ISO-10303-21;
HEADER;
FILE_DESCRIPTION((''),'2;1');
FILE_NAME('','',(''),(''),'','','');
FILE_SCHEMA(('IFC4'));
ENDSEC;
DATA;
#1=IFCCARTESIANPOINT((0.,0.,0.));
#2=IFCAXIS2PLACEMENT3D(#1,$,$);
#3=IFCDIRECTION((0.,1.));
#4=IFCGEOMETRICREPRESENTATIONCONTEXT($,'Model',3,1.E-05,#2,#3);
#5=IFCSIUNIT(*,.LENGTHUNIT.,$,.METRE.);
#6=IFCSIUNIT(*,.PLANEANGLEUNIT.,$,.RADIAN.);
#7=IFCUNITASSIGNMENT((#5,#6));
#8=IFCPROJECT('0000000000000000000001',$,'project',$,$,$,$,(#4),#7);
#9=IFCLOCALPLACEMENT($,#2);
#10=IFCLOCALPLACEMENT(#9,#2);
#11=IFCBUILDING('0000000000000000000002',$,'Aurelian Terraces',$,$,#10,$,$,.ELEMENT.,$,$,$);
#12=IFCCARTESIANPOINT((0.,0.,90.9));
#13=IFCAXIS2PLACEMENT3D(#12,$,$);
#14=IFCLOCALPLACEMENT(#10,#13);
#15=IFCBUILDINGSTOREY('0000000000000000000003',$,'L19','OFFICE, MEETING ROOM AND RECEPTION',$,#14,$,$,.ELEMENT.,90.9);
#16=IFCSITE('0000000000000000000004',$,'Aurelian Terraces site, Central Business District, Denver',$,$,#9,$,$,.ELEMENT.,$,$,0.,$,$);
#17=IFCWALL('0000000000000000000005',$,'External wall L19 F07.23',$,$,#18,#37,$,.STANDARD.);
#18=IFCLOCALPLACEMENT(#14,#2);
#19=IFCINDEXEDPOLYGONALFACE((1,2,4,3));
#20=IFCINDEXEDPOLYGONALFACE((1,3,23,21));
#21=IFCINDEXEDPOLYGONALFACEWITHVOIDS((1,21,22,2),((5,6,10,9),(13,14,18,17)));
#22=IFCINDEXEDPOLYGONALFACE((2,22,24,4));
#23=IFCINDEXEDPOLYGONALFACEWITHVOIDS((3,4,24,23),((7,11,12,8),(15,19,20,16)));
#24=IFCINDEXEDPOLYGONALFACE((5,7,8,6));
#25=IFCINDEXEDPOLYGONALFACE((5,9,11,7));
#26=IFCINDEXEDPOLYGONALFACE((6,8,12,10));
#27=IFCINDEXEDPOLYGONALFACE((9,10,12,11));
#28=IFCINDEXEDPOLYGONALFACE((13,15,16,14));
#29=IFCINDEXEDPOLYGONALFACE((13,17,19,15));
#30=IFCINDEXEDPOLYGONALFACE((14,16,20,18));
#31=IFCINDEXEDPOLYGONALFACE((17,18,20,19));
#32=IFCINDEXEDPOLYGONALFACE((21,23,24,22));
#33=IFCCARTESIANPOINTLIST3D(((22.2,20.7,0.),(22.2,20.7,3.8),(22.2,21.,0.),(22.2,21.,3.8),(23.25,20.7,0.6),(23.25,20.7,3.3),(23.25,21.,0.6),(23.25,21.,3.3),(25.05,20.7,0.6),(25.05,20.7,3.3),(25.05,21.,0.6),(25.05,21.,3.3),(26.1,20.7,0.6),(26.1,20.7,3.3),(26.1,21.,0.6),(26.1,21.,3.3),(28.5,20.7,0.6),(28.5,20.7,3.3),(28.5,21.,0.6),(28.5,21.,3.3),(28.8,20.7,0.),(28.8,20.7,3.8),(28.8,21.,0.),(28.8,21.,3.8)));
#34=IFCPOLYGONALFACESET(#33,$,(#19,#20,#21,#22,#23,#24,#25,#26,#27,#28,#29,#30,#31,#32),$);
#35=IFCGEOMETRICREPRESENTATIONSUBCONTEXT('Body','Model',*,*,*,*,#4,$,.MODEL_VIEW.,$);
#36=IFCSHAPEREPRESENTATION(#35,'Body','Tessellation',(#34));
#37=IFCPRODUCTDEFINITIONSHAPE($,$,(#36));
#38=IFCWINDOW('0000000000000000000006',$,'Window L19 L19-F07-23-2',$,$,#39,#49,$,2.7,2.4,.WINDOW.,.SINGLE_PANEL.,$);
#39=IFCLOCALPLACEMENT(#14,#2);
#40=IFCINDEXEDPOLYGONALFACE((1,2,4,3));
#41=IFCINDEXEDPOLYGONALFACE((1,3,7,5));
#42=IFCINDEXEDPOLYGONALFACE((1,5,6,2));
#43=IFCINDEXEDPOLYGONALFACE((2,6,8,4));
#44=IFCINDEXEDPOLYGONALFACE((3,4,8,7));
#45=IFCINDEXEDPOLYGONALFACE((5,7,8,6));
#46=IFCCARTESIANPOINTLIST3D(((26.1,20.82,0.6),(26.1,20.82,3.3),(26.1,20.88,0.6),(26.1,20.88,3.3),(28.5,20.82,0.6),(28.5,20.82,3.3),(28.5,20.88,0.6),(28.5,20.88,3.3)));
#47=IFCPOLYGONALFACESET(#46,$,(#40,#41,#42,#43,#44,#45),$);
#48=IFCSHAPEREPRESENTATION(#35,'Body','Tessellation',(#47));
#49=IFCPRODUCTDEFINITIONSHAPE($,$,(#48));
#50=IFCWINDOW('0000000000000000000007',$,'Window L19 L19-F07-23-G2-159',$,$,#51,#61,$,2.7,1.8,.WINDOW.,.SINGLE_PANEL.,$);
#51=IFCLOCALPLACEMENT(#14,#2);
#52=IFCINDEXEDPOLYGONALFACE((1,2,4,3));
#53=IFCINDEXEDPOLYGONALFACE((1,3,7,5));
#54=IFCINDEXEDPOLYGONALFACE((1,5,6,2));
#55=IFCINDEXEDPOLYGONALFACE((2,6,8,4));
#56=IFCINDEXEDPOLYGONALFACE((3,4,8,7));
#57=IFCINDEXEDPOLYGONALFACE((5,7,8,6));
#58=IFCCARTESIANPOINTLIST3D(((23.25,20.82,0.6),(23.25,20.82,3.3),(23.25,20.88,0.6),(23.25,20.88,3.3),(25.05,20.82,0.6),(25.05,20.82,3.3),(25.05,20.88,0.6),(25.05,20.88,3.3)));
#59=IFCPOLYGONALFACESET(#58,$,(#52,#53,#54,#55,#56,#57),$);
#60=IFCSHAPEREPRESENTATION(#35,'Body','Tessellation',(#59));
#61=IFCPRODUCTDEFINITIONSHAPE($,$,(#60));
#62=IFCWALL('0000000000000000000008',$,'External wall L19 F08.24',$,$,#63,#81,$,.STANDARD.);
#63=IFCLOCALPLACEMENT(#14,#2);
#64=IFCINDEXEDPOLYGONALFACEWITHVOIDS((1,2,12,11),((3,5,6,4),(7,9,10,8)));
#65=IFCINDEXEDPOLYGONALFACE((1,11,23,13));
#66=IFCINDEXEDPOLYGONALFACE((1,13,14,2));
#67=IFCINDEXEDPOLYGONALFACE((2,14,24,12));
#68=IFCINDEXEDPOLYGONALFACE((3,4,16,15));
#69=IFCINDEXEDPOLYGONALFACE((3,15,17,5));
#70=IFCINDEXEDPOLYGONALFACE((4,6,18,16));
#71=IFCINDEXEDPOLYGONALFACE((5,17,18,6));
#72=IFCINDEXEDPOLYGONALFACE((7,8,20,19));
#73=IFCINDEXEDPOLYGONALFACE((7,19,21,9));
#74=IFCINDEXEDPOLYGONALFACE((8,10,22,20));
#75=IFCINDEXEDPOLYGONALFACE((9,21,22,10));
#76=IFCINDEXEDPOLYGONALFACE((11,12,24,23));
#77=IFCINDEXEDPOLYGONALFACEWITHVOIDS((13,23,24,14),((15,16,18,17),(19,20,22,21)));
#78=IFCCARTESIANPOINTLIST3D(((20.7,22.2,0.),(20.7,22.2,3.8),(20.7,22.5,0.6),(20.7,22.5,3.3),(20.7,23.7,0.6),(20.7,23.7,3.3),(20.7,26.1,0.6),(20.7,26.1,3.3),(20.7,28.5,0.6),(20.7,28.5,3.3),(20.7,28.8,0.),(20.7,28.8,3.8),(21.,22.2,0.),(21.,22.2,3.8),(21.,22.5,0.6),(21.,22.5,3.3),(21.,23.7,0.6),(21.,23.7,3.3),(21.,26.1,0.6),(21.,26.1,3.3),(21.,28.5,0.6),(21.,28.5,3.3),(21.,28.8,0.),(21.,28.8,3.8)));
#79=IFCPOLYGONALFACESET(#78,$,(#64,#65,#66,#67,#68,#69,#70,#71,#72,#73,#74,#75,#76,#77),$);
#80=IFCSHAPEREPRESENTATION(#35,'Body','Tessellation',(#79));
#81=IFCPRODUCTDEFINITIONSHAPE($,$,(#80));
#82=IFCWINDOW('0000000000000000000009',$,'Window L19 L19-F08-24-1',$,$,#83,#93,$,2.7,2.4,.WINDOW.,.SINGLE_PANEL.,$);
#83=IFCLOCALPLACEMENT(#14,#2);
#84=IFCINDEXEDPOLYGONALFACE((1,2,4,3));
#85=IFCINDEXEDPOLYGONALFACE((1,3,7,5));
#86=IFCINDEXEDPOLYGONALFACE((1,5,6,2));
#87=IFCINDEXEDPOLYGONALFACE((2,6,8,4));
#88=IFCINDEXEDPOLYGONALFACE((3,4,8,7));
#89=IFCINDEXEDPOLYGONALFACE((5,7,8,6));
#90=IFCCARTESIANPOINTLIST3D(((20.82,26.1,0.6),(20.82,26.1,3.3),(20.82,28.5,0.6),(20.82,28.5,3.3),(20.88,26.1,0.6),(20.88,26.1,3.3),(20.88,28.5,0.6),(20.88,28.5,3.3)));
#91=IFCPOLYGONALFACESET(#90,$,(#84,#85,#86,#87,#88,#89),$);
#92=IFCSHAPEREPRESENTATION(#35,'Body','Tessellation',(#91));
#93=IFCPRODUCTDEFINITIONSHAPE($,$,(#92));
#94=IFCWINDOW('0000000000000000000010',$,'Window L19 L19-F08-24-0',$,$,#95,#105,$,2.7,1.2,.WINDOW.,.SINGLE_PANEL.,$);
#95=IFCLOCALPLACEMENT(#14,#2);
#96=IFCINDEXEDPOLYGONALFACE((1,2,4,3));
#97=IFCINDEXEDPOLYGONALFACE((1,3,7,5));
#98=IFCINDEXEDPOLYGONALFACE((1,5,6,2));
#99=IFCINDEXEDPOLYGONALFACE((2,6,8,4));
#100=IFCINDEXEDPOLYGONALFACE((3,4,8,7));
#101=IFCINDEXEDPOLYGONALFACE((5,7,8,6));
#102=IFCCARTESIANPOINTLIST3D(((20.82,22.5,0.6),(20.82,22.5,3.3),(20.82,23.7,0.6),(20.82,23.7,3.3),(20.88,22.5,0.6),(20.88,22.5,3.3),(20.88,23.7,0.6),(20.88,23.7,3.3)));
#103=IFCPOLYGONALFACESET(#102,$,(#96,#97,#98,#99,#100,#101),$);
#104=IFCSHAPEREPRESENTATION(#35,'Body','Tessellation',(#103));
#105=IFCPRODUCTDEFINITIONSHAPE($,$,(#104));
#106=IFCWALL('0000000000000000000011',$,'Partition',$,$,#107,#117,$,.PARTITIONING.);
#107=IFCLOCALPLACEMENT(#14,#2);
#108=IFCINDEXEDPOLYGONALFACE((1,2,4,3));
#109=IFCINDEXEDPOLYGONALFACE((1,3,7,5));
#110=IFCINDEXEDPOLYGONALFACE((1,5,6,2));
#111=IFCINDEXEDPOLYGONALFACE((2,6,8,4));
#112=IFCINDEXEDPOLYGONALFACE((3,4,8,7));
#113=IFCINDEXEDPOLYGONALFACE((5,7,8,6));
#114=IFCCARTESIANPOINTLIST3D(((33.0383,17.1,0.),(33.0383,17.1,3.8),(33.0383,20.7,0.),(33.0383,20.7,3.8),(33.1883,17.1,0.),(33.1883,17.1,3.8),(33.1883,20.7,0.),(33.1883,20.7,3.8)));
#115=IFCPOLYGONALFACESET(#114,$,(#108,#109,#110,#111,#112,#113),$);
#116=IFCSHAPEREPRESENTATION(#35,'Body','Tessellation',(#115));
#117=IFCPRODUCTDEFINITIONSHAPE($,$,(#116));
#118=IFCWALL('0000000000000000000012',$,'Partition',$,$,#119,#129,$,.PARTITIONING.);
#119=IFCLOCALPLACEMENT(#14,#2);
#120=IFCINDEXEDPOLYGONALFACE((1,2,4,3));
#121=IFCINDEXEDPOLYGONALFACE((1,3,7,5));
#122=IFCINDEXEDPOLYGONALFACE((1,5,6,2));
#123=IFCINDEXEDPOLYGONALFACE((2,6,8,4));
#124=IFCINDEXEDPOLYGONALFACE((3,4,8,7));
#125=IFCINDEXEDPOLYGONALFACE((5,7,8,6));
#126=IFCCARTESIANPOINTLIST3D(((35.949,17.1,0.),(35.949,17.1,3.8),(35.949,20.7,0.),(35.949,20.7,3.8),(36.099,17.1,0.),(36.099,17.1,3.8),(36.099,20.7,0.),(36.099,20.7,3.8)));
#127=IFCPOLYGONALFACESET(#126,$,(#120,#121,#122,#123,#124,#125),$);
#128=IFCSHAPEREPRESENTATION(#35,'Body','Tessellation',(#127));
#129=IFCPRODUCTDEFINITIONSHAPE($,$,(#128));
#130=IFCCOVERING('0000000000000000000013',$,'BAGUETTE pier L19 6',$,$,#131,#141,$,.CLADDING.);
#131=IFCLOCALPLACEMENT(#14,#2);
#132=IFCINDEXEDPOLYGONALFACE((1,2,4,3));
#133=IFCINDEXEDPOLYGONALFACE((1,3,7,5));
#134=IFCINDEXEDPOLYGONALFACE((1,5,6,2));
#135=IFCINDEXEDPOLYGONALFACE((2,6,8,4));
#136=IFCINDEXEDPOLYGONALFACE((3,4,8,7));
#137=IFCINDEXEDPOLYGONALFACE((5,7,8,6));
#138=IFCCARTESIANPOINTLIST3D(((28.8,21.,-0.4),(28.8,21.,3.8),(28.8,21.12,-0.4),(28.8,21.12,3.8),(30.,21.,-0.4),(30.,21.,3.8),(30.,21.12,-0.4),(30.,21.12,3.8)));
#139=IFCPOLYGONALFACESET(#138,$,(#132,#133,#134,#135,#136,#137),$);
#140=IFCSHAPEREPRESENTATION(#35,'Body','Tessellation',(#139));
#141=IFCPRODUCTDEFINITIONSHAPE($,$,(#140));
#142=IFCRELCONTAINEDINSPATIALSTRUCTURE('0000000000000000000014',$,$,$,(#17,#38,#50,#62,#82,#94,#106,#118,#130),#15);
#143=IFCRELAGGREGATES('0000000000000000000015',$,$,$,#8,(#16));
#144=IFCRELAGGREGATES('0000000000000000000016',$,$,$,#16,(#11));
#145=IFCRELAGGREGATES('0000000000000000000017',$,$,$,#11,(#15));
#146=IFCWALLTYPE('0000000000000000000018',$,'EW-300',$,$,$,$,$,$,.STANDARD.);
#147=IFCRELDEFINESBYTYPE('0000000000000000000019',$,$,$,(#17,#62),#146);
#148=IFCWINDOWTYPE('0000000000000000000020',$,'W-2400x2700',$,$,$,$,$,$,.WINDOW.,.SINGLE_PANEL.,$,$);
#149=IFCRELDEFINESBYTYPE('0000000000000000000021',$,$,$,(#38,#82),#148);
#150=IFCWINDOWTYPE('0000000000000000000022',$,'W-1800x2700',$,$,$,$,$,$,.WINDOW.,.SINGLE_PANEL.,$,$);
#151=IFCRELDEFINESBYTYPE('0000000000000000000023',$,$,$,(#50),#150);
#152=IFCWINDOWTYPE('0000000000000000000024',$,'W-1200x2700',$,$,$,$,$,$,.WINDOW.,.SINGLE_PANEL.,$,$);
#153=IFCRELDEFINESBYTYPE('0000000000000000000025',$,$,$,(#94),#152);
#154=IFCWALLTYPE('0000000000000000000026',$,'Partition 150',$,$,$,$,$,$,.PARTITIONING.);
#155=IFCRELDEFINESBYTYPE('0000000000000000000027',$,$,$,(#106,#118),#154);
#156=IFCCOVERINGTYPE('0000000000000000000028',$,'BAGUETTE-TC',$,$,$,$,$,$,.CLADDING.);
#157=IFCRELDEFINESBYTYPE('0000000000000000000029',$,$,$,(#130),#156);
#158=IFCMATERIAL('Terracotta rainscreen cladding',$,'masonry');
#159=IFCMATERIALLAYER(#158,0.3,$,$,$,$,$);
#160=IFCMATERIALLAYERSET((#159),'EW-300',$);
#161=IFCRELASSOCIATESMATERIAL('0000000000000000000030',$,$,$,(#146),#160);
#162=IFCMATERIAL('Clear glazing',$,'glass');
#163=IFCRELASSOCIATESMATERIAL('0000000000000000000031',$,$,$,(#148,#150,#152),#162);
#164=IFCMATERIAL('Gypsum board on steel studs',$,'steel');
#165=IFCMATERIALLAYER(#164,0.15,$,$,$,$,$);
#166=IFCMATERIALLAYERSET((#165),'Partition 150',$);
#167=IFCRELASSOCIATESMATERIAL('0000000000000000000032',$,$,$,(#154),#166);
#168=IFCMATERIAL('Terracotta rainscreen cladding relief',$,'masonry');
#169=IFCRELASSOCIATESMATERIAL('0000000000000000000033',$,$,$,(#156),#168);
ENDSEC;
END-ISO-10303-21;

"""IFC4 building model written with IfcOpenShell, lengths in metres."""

from ifc_helpers import new_model, si_unit, direction, frame, frame_2d, origin, origin_2d, place, context, subcontext, project, spatial, rectangle, extrude, source, transform, mapped, material, layer, layer_set, type_object, element, fill, save


model = new_model("IFC4")

# Units and contexts
model_context = context("Model", 3, precision=1e-05, world=origin(), true_north=direction((0.0, 1.0)))
body_context = subcontext(model_context, "Body", "Model", "MODEL_VIEW")
ifc_project = project(units=[si_unit("LENGTHUNIT", "METRE"), si_unit("PLANEANGLEUNIT", "RADIAN")], contexts=[model_context])

# Site, building, storey
site_placement = place(None, origin())
site = spatial("IfcSite", under=ifc_project, at=site_placement, Name="Aurelian Terraces site, Central Business District, Denver", CompositionType="ELEMENT", RefElevation=0.0)
building_placement = place(site_placement, origin())
building = spatial("IfcBuilding", under=site, at=building_placement, Name="Aurelian Terraces", CompositionType="ELEMENT")
storey_placement = place(building_placement, frame((0.0, 0.0, 90.9)))
storey = spatial("IfcBuildingStorey", under=building, at=storey_placement, Name="L19", Description="OFFICE, MEETING ROOM AND RECEPTION", CompositionType="ELEMENT", Elevation=90.9)

# Shared definitions
ifc_material_1 = material(Name="Terracotta rainscreen cladding", Category="masonry")
ifc_layer_1 = layer(ifc_material_1, 0.3)
ifc_layer_set_1 = layer_set([ifc_layer_1], Name="EW-300")
wall_type_1 = type_object("IfcWallType", Name="EW-300", PredefinedType="STANDARD", material=ifc_layer_set_1)

# Shared definitions
ifc_material_2 = material(Name="Clear glazing", Category="glass")
window_type_1 = type_object("IfcWindowType", Name="W-2400x2700", PartitioningType="SINGLE_PANEL", PredefinedType="WINDOW", material=ifc_material_2)
shared_shape_1 = source(origin(), body_context, "Body", "SweptSolid", [
    extrude(rectangle(XDim=2.4, YDim=2.7, at=frame_2d((1.2, 1.35))), frame((0.0, 0.03, 0.0), z_axis=(0.0, -1.0, 0.0), x_axis=(1.0, 0.0, 0.0)), (0.0, 0.0, 1.0), 0.06),
])

# Walls, openings, windows
shared_shape_2 = source(origin(), body_context, "Body", "SweptSolid", [
    extrude(rectangle(XDim=6.6, YDim=0.3, at=frame_2d((3.3, 0.0))), origin(), (0.0, 0.0, 1.0), 3.8),
])
wall_1_placement = place(storey_placement, frame((28.8, 20.85, 0.0), z_axis=(0.0, 0.0, 1.0), x_axis=(-1.0, 0.0, 0.0)))
wall_1 = element("IfcWall", 1, at=wall_1_placement, inside=storey, type_object=wall_type_1, Name="External wall L19 F07.23", PredefinedType="STANDARD", context=body_context, shape_type="MappedRepresentation", body=[
    mapped(shared_shape_2, transform((0.0, 0.0, 0.0), scale=1.0)),
])
shared_shape_3 = source(origin(), body_context, "Body", "SweptSolid", [
    extrude(rectangle(XDim=2.4, YDim=2.7, at=frame_2d((1.2, 1.35))), frame((0.0, 0.16, 0.0), z_axis=(0.0, -1.0, 0.0), x_axis=(1.0, 0.0, 0.0)), (0.0, 0.0, 1.0), 0.32),
])
opening_1_placement = place(wall_1_placement, frame((0.3, 0.0, 0.6)))
opening_1 = element("IfcOpeningElement", 2, at=opening_1_placement, cuts=wall_1, PredefinedType="OPENING", context=body_context, shape_type="MappedRepresentation", body=[
    mapped(shared_shape_3, transform((0.0, 0.0, 0.0), scale=1.0)),
])
shared_shape_4 = source(origin(), body_context, "Body", "SweptSolid", [
    extrude(rectangle(XDim=1.8, YDim=2.7, at=frame_2d((0.9, 1.35))), frame((0.0, 0.16, 0.0), z_axis=(0.0, -1.0, 0.0), x_axis=(1.0, 0.0, 0.0)), (0.0, 0.0, 1.0), 0.32),
])
opening_2_placement = place(wall_1_placement, frame((3.75, 0.0, 0.6)))
opening_2 = element("IfcOpeningElement", 3, at=opening_2_placement, cuts=wall_1, PredefinedType="OPENING", context=body_context, shape_type="MappedRepresentation", body=[
    mapped(shared_shape_4, transform((0.0, 0.0, 0.0), scale=1.0)),
])
window_1_placement = place(opening_1_placement, origin())
window_1 = element("IfcWindow", 4, at=window_1_placement, inside=storey, type_object=window_type_1, Name="Window L19 L19-F07-23-2", OverallHeight=2.7, OverallWidth=2.4, PartitioningType="SINGLE_PANEL", PredefinedType="WINDOW", context=body_context, shape_type="MappedRepresentation", body=[
    mapped(shared_shape_1, transform((0.0, 0.0, 0.0), scale=1.0)),
])
fill(opening_1, window_1)
window_type_2 = type_object("IfcWindowType", Name="W-1800x2700", PartitioningType="SINGLE_PANEL", PredefinedType="WINDOW", material=ifc_material_2)
shared_shape_5 = source(origin(), body_context, "Body", "SweptSolid", [
    extrude(rectangle(XDim=1.8, YDim=2.7, at=frame_2d((0.9, 1.35))), frame((0.0, 0.03, 0.0), z_axis=(0.0, -1.0, 0.0), x_axis=(1.0, 0.0, 0.0)), (0.0, 0.0, 1.0), 0.06),
])
window_2_placement = place(opening_2_placement, origin())
window_2 = element("IfcWindow", 5, at=window_2_placement, inside=storey, type_object=window_type_2, Name="Window L19 L19-F07-23-G2-159", OverallHeight=2.7, OverallWidth=1.8, PartitioningType="SINGLE_PANEL", PredefinedType="WINDOW", context=body_context, shape_type="MappedRepresentation", body=[
    mapped(shared_shape_5, transform((0.0, 0.0, 0.0), scale=1.0)),
])
fill(opening_2, window_2)
wall_2_placement = place(storey_placement, frame((20.85, 22.2, 0.0), z_axis=(0.0, 0.0, 1.0), x_axis=(0.0, 1.0, 0.0)))
wall_2 = element("IfcWall", 6, at=wall_2_placement, inside=storey, type_object=wall_type_1, Name="External wall L19 F08.24", PredefinedType="STANDARD", context=body_context, shape_type="MappedRepresentation", body=[
    mapped(shared_shape_2, transform((0.0, 0.0, 0.0), scale=1.0)),
])
shared_shape_6 = source(origin(), body_context, "Body", "SweptSolid", [
    extrude(rectangle(XDim=1.2, YDim=2.7, at=frame_2d((0.6, 1.35))), frame((0.0, 0.16, 0.0), z_axis=(0.0, -1.0, 0.0), x_axis=(1.0, 0.0, 0.0)), (0.0, 0.0, 1.0), 0.32),
])
opening_3_placement = place(wall_2_placement, frame((0.3, 0.0, 0.6)))
opening_3 = element("IfcOpeningElement", 7, at=opening_3_placement, cuts=wall_2, PredefinedType="OPENING", context=body_context, shape_type="MappedRepresentation", body=[
    mapped(shared_shape_6, transform((0.0, 0.0, 0.0), scale=1.0)),
])
opening_4_placement = place(wall_2_placement, frame((3.9, 0.0, 0.6)))
opening_4 = element("IfcOpeningElement", 8, at=opening_4_placement, cuts=wall_2, PredefinedType="OPENING", context=body_context, shape_type="MappedRepresentation", body=[
    mapped(shared_shape_3, transform((0.0, 0.0, 0.0), scale=1.0)),
])
window_3_placement = place(opening_4_placement, origin())
window_3 = element("IfcWindow", 9, at=window_3_placement, inside=storey, type_object=window_type_1, Name="Window L19 L19-F08-24-1", OverallHeight=2.7, OverallWidth=2.4, PartitioningType="SINGLE_PANEL", PredefinedType="WINDOW", context=body_context, shape_type="MappedRepresentation", body=[
    mapped(shared_shape_1, transform((0.0, 0.0, 0.0), scale=1.0)),
])
fill(opening_4, window_3)
window_type_3 = type_object("IfcWindowType", Name="W-1200x2700", PartitioningType="SINGLE_PANEL", PredefinedType="WINDOW", material=ifc_material_2)
shared_shape_7 = source(origin(), body_context, "Body", "SweptSolid", [
    extrude(rectangle(XDim=1.2, YDim=2.7, at=frame_2d((0.6, 1.35))), frame((0.0, 0.03, 0.0), z_axis=(0.0, -1.0, 0.0), x_axis=(1.0, 0.0, 0.0)), (0.0, 0.0, 1.0), 0.06),
])
window_4_placement = place(opening_3_placement, origin())
window_4 = element("IfcWindow", 10, at=window_4_placement, inside=storey, type_object=window_type_3, Name="Window L19 L19-F08-24-0", OverallHeight=2.7, OverallWidth=1.2, PartitioningType="SINGLE_PANEL", PredefinedType="WINDOW", context=body_context, shape_type="MappedRepresentation", body=[
    mapped(shared_shape_7, transform((0.0, 0.0, 0.0), scale=1.0)),
])
fill(opening_3, window_4)

# Walls
ifc_material_3 = material(Name="Gypsum board on steel studs", Category="steel")
ifc_layer_2 = layer(ifc_material_3, 0.15)
ifc_layer_set_2 = layer_set([ifc_layer_2], Name="Partition 150")
wall_type_2 = type_object("IfcWallType", Name="Partition 150", PredefinedType="PARTITIONING", material=ifc_layer_set_2)
shared_shape_8 = source(origin(), body_context, "Body", "SweptSolid", [
    extrude(rectangle(XDim=3.6, YDim=0.15, at=frame_2d((1.8, 0.0))), origin(), (0.0, 0.0, 1.0), 3.8),
])
for number, where, z_axis, x_axis, name in (
    (11, (33.1133, 20.7, 0.0), (0.0, 0.0, 1.0), (0.0, -1.0, 0.0), "Partition"),
    (12, (36.024, 20.7, 0.0), (0.0, 0.0, 1.0), (0.0, -1.0, 0.0), "Partition"),
):
    element("IfcWall", number, at=place(storey_placement, frame(where, z_axis=z_axis, x_axis=x_axis)), inside=storey, type_object=wall_type_2, Name=name, PredefinedType="PARTITIONING", context=body_context, shape_type="MappedRepresentation", body=[
        mapped(shared_shape_8, transform((0.0, 0.0, 0.0), scale=1.0)),
    ])

# Covering
ifc_material_4 = material(Name="Terracotta rainscreen cladding relief", Category="masonry")
covering_type = type_object("IfcCoveringType", Name="BAGUETTE-TC", PredefinedType="CLADDING", material=ifc_material_4)
shared_shape_9 = source(origin(), body_context, "Body", "SweptSolid", [
    extrude(rectangle(XDim=1.2, YDim=0.12, at=origin_2d()), origin(), (0.0, 0.0, 1.0), 4.2),
])
covering_placement = place(storey_placement, frame((29.4, 21.06, -0.4), z_axis=(0.0, 0.0, 1.0), x_axis=(1.0, 0.0, 0.0)))
element("IfcCovering", 13, at=covering_placement, inside=storey, type_object=covering_type, Name="BAGUETTE pier L19 6", PredefinedType="CLADDING", context=body_context, shape_type="MappedRepresentation", body=[
    mapped(shared_shape_9, transform((0.0, 0.0, 0.0), scale=1.0)),
])

save(model, "model.ifc")
